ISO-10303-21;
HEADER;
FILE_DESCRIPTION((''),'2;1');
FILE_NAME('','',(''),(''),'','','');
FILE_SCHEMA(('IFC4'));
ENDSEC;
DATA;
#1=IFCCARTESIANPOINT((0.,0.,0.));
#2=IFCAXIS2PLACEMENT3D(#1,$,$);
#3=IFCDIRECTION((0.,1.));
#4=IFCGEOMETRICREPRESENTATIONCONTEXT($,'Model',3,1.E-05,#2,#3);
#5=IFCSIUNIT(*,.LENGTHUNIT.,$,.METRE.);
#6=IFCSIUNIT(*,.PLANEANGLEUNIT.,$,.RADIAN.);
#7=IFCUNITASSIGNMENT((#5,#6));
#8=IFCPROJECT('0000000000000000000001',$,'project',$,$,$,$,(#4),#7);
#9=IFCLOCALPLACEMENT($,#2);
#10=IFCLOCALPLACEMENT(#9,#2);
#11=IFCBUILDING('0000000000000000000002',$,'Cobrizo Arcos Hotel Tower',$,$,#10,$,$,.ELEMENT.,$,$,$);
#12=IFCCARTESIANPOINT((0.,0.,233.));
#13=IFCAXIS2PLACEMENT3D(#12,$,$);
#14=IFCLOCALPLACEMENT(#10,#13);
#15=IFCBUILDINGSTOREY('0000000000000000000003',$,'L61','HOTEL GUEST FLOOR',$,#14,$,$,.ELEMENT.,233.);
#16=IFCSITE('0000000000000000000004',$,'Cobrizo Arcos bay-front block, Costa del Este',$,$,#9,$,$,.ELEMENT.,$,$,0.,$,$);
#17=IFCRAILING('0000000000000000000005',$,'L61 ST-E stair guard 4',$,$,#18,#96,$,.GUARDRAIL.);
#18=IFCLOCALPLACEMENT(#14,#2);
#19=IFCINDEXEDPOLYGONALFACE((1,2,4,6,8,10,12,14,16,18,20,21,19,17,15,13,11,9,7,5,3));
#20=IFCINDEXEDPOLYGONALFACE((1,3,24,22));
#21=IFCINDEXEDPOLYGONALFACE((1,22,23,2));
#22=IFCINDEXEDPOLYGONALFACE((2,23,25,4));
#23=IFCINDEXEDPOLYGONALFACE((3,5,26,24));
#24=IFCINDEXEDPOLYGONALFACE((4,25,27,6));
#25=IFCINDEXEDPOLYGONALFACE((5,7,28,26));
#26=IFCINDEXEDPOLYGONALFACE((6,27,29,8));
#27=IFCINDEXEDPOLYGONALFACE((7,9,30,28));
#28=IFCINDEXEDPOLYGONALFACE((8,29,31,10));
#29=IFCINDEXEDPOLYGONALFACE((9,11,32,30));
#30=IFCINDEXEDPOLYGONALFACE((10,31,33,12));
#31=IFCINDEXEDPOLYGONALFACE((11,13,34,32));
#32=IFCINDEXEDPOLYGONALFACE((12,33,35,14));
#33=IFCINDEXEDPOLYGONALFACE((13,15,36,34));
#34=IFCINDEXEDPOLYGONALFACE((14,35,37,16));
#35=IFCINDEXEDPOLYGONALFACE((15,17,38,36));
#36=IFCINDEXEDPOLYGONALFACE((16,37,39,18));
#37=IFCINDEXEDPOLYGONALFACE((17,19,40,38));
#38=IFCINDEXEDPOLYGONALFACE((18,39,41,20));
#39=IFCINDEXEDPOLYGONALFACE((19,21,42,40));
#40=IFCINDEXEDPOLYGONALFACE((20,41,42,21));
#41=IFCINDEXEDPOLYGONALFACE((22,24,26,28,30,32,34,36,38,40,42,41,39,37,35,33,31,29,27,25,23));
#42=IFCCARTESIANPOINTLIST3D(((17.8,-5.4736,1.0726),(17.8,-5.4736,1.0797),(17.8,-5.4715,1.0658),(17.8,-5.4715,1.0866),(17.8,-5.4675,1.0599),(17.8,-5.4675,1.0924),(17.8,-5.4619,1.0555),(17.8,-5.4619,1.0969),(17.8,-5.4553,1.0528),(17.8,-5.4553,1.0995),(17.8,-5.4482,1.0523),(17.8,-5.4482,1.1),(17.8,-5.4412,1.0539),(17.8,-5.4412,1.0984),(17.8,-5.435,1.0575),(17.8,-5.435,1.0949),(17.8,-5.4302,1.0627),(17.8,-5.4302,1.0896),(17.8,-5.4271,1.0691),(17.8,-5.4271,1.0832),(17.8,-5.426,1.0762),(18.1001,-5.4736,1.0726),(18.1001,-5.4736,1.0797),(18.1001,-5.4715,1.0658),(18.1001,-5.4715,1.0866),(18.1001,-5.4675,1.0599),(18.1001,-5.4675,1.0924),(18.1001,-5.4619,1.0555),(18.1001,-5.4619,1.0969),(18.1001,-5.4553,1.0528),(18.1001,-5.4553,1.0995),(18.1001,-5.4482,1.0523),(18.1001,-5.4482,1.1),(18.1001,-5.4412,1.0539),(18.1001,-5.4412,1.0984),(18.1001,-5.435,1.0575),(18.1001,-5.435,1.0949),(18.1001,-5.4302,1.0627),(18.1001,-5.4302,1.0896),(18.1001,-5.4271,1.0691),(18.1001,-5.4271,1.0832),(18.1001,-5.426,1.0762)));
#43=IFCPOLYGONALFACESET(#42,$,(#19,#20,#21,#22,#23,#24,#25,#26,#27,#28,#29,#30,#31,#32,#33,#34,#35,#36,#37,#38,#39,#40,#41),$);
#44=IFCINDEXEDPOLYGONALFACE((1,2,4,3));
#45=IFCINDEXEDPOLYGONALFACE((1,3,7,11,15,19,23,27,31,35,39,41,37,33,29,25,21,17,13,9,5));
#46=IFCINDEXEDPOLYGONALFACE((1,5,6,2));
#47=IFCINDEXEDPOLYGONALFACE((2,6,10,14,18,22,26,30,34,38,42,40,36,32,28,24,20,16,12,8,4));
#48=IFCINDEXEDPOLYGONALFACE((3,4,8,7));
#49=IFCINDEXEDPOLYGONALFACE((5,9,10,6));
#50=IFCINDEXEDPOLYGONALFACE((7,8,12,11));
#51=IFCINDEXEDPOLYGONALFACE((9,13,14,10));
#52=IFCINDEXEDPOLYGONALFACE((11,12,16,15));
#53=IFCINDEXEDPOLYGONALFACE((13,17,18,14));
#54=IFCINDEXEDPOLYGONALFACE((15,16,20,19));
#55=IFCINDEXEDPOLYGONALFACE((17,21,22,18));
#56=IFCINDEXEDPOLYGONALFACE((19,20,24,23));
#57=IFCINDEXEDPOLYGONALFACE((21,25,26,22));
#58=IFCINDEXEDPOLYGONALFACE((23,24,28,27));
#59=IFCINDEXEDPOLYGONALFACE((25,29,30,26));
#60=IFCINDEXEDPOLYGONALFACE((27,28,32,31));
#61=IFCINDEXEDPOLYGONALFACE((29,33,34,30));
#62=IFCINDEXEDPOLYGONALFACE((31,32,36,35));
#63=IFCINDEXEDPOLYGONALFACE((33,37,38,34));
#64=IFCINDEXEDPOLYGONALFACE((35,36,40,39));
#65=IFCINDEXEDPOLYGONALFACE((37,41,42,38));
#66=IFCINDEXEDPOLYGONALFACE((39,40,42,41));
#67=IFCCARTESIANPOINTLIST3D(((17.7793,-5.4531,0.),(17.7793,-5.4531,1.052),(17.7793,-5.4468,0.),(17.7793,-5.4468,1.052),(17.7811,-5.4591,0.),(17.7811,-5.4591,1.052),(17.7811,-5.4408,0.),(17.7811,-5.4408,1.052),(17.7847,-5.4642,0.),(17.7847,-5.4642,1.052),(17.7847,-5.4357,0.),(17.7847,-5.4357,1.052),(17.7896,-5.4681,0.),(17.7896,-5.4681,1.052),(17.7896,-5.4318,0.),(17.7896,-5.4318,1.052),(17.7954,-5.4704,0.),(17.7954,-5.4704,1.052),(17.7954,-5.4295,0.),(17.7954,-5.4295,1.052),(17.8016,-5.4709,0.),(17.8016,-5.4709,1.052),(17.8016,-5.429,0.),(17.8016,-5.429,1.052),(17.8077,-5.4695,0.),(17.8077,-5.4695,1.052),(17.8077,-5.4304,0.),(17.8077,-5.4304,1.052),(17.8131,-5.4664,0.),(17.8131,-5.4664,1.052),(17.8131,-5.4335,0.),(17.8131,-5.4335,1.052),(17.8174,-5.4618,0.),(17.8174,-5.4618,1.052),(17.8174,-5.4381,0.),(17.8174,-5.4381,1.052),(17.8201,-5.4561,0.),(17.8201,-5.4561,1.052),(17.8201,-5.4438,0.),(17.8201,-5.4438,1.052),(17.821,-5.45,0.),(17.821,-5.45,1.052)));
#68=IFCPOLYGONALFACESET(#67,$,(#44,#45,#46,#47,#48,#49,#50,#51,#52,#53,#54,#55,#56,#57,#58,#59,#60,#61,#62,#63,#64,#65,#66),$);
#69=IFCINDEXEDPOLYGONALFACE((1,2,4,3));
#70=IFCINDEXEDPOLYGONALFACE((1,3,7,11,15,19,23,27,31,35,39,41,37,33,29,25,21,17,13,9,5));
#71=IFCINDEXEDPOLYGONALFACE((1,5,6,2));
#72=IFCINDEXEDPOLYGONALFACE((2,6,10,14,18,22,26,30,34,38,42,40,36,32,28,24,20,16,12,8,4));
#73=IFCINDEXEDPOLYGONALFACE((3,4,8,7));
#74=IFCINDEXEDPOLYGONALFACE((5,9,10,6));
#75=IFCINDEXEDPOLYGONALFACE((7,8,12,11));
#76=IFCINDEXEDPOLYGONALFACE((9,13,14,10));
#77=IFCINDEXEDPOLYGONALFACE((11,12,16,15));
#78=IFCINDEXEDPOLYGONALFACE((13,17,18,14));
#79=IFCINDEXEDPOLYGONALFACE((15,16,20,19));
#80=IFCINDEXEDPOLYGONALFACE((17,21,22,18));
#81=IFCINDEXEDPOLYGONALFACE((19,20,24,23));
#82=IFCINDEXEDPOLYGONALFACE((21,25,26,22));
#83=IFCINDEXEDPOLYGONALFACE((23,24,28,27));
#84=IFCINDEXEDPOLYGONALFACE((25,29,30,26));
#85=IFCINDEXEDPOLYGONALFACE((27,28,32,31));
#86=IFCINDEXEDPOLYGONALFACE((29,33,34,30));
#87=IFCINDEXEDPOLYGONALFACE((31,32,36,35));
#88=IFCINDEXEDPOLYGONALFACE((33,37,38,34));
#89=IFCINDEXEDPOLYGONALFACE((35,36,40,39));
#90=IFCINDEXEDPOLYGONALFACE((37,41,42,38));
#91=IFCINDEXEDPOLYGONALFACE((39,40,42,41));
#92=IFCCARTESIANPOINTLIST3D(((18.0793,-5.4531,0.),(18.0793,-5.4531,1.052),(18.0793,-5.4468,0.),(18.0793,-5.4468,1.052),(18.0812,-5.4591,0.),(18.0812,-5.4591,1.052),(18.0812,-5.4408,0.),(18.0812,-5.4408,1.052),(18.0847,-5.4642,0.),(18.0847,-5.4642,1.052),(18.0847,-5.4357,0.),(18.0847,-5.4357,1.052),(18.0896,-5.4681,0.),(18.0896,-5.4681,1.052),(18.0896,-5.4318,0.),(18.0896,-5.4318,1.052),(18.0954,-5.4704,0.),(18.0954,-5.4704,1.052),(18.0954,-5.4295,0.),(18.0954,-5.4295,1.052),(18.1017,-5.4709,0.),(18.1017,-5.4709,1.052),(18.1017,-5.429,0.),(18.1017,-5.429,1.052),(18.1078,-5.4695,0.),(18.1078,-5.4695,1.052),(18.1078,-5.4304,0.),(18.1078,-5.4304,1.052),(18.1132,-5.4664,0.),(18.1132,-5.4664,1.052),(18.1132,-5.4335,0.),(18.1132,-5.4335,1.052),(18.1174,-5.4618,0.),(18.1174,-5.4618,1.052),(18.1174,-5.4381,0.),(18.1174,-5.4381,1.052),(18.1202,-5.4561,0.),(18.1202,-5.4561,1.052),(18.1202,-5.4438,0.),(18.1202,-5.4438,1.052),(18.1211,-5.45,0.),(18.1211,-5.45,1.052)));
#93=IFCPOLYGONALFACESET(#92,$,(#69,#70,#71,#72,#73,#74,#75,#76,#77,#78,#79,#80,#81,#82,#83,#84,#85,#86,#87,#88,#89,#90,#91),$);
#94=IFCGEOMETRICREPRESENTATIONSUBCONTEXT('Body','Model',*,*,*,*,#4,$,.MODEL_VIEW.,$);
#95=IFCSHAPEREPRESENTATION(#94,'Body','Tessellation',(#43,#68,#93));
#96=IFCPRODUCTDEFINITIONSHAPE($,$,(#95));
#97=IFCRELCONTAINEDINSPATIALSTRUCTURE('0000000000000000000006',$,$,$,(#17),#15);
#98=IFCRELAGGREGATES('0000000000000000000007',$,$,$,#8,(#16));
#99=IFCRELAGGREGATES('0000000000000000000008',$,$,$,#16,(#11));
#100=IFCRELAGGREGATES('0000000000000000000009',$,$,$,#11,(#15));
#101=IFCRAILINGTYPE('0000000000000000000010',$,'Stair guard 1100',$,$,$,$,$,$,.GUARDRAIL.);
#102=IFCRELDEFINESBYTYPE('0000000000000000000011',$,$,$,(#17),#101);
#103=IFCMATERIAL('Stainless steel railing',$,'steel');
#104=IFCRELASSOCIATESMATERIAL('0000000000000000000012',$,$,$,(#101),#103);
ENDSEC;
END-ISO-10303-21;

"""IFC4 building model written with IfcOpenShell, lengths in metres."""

from ifc_helpers import new_model, si_unit, direction, frame, origin, origin_2d, place, context, subcontext, project, spatial, circle, extrude, material, type_object, element, save


model = new_model("IFC4")

# Units and contexts
model_context = context("Model", 3, precision=1e-05, world=origin(), true_north=direction((0.0, 1.0)))
body_context = subcontext(model_context, "Body", "Model", "MODEL_VIEW")
ifc_project = project(units=[si_unit("LENGTHUNIT", "METRE"), si_unit("PLANEANGLEUNIT", "RADIAN")], contexts=[model_context])

# Site, building, storey
site_placement = place(None, origin())
site = spatial("IfcSite", under=ifc_project, at=site_placement, Name="Cobrizo Arcos bay-front block, Costa del Este", CompositionType="ELEMENT", RefElevation=0.0)
building_placement = place(site_placement, origin())
building = spatial("IfcBuilding", under=site, at=building_placement, Name="Cobrizo Arcos Hotel Tower", CompositionType="ELEMENT")
storey_placement = place(building_placement, frame((0.0, 0.0, 233.0)))
storey = spatial("IfcBuildingStorey", under=building, at=storey_placement, Name="L61", Description="HOTEL GUEST FLOOR", CompositionType="ELEMENT", Elevation=233.0)

# Railing
ifc_material_1 = material(Name="Stainless steel railing", Category="steel")
railing_type_1 = type_object("IfcRailingType", Name="Stair guard 1100", PredefinedType="GUARDRAIL", material=ifc_material_1)
railing_1_placement = place(storey_placement, frame((17.8, -5.45, 0.0)))
element("IfcRailing", 1, at=railing_1_placement, inside=storey, type_object=railing_type_1, Name="L61 ST-E stair guard 4", PredefinedType="GUARDRAIL", context=body_context, shape_type="SweptSolid", body=[
    extrude(circle(Radius=0.0239, at=origin_2d()), frame((0.0, 0.0, 1.0762), z_axis=(1.0, 0.0, 0.0), x_axis=(0.0, 1.0, 0.0)), (0.0, 0.0, 1.0), 0.3),
    extrude(circle(Radius=0.021, at=origin_2d()), origin(), (0.0, 0.0, 1.0), 1.052),
    extrude(circle(Radius=0.021, at=origin_2d()), frame((0.3, 0.0, 0.0)), (0.0, 0.0, 1.0), 1.052),
])

save(model, "model.ifc")
